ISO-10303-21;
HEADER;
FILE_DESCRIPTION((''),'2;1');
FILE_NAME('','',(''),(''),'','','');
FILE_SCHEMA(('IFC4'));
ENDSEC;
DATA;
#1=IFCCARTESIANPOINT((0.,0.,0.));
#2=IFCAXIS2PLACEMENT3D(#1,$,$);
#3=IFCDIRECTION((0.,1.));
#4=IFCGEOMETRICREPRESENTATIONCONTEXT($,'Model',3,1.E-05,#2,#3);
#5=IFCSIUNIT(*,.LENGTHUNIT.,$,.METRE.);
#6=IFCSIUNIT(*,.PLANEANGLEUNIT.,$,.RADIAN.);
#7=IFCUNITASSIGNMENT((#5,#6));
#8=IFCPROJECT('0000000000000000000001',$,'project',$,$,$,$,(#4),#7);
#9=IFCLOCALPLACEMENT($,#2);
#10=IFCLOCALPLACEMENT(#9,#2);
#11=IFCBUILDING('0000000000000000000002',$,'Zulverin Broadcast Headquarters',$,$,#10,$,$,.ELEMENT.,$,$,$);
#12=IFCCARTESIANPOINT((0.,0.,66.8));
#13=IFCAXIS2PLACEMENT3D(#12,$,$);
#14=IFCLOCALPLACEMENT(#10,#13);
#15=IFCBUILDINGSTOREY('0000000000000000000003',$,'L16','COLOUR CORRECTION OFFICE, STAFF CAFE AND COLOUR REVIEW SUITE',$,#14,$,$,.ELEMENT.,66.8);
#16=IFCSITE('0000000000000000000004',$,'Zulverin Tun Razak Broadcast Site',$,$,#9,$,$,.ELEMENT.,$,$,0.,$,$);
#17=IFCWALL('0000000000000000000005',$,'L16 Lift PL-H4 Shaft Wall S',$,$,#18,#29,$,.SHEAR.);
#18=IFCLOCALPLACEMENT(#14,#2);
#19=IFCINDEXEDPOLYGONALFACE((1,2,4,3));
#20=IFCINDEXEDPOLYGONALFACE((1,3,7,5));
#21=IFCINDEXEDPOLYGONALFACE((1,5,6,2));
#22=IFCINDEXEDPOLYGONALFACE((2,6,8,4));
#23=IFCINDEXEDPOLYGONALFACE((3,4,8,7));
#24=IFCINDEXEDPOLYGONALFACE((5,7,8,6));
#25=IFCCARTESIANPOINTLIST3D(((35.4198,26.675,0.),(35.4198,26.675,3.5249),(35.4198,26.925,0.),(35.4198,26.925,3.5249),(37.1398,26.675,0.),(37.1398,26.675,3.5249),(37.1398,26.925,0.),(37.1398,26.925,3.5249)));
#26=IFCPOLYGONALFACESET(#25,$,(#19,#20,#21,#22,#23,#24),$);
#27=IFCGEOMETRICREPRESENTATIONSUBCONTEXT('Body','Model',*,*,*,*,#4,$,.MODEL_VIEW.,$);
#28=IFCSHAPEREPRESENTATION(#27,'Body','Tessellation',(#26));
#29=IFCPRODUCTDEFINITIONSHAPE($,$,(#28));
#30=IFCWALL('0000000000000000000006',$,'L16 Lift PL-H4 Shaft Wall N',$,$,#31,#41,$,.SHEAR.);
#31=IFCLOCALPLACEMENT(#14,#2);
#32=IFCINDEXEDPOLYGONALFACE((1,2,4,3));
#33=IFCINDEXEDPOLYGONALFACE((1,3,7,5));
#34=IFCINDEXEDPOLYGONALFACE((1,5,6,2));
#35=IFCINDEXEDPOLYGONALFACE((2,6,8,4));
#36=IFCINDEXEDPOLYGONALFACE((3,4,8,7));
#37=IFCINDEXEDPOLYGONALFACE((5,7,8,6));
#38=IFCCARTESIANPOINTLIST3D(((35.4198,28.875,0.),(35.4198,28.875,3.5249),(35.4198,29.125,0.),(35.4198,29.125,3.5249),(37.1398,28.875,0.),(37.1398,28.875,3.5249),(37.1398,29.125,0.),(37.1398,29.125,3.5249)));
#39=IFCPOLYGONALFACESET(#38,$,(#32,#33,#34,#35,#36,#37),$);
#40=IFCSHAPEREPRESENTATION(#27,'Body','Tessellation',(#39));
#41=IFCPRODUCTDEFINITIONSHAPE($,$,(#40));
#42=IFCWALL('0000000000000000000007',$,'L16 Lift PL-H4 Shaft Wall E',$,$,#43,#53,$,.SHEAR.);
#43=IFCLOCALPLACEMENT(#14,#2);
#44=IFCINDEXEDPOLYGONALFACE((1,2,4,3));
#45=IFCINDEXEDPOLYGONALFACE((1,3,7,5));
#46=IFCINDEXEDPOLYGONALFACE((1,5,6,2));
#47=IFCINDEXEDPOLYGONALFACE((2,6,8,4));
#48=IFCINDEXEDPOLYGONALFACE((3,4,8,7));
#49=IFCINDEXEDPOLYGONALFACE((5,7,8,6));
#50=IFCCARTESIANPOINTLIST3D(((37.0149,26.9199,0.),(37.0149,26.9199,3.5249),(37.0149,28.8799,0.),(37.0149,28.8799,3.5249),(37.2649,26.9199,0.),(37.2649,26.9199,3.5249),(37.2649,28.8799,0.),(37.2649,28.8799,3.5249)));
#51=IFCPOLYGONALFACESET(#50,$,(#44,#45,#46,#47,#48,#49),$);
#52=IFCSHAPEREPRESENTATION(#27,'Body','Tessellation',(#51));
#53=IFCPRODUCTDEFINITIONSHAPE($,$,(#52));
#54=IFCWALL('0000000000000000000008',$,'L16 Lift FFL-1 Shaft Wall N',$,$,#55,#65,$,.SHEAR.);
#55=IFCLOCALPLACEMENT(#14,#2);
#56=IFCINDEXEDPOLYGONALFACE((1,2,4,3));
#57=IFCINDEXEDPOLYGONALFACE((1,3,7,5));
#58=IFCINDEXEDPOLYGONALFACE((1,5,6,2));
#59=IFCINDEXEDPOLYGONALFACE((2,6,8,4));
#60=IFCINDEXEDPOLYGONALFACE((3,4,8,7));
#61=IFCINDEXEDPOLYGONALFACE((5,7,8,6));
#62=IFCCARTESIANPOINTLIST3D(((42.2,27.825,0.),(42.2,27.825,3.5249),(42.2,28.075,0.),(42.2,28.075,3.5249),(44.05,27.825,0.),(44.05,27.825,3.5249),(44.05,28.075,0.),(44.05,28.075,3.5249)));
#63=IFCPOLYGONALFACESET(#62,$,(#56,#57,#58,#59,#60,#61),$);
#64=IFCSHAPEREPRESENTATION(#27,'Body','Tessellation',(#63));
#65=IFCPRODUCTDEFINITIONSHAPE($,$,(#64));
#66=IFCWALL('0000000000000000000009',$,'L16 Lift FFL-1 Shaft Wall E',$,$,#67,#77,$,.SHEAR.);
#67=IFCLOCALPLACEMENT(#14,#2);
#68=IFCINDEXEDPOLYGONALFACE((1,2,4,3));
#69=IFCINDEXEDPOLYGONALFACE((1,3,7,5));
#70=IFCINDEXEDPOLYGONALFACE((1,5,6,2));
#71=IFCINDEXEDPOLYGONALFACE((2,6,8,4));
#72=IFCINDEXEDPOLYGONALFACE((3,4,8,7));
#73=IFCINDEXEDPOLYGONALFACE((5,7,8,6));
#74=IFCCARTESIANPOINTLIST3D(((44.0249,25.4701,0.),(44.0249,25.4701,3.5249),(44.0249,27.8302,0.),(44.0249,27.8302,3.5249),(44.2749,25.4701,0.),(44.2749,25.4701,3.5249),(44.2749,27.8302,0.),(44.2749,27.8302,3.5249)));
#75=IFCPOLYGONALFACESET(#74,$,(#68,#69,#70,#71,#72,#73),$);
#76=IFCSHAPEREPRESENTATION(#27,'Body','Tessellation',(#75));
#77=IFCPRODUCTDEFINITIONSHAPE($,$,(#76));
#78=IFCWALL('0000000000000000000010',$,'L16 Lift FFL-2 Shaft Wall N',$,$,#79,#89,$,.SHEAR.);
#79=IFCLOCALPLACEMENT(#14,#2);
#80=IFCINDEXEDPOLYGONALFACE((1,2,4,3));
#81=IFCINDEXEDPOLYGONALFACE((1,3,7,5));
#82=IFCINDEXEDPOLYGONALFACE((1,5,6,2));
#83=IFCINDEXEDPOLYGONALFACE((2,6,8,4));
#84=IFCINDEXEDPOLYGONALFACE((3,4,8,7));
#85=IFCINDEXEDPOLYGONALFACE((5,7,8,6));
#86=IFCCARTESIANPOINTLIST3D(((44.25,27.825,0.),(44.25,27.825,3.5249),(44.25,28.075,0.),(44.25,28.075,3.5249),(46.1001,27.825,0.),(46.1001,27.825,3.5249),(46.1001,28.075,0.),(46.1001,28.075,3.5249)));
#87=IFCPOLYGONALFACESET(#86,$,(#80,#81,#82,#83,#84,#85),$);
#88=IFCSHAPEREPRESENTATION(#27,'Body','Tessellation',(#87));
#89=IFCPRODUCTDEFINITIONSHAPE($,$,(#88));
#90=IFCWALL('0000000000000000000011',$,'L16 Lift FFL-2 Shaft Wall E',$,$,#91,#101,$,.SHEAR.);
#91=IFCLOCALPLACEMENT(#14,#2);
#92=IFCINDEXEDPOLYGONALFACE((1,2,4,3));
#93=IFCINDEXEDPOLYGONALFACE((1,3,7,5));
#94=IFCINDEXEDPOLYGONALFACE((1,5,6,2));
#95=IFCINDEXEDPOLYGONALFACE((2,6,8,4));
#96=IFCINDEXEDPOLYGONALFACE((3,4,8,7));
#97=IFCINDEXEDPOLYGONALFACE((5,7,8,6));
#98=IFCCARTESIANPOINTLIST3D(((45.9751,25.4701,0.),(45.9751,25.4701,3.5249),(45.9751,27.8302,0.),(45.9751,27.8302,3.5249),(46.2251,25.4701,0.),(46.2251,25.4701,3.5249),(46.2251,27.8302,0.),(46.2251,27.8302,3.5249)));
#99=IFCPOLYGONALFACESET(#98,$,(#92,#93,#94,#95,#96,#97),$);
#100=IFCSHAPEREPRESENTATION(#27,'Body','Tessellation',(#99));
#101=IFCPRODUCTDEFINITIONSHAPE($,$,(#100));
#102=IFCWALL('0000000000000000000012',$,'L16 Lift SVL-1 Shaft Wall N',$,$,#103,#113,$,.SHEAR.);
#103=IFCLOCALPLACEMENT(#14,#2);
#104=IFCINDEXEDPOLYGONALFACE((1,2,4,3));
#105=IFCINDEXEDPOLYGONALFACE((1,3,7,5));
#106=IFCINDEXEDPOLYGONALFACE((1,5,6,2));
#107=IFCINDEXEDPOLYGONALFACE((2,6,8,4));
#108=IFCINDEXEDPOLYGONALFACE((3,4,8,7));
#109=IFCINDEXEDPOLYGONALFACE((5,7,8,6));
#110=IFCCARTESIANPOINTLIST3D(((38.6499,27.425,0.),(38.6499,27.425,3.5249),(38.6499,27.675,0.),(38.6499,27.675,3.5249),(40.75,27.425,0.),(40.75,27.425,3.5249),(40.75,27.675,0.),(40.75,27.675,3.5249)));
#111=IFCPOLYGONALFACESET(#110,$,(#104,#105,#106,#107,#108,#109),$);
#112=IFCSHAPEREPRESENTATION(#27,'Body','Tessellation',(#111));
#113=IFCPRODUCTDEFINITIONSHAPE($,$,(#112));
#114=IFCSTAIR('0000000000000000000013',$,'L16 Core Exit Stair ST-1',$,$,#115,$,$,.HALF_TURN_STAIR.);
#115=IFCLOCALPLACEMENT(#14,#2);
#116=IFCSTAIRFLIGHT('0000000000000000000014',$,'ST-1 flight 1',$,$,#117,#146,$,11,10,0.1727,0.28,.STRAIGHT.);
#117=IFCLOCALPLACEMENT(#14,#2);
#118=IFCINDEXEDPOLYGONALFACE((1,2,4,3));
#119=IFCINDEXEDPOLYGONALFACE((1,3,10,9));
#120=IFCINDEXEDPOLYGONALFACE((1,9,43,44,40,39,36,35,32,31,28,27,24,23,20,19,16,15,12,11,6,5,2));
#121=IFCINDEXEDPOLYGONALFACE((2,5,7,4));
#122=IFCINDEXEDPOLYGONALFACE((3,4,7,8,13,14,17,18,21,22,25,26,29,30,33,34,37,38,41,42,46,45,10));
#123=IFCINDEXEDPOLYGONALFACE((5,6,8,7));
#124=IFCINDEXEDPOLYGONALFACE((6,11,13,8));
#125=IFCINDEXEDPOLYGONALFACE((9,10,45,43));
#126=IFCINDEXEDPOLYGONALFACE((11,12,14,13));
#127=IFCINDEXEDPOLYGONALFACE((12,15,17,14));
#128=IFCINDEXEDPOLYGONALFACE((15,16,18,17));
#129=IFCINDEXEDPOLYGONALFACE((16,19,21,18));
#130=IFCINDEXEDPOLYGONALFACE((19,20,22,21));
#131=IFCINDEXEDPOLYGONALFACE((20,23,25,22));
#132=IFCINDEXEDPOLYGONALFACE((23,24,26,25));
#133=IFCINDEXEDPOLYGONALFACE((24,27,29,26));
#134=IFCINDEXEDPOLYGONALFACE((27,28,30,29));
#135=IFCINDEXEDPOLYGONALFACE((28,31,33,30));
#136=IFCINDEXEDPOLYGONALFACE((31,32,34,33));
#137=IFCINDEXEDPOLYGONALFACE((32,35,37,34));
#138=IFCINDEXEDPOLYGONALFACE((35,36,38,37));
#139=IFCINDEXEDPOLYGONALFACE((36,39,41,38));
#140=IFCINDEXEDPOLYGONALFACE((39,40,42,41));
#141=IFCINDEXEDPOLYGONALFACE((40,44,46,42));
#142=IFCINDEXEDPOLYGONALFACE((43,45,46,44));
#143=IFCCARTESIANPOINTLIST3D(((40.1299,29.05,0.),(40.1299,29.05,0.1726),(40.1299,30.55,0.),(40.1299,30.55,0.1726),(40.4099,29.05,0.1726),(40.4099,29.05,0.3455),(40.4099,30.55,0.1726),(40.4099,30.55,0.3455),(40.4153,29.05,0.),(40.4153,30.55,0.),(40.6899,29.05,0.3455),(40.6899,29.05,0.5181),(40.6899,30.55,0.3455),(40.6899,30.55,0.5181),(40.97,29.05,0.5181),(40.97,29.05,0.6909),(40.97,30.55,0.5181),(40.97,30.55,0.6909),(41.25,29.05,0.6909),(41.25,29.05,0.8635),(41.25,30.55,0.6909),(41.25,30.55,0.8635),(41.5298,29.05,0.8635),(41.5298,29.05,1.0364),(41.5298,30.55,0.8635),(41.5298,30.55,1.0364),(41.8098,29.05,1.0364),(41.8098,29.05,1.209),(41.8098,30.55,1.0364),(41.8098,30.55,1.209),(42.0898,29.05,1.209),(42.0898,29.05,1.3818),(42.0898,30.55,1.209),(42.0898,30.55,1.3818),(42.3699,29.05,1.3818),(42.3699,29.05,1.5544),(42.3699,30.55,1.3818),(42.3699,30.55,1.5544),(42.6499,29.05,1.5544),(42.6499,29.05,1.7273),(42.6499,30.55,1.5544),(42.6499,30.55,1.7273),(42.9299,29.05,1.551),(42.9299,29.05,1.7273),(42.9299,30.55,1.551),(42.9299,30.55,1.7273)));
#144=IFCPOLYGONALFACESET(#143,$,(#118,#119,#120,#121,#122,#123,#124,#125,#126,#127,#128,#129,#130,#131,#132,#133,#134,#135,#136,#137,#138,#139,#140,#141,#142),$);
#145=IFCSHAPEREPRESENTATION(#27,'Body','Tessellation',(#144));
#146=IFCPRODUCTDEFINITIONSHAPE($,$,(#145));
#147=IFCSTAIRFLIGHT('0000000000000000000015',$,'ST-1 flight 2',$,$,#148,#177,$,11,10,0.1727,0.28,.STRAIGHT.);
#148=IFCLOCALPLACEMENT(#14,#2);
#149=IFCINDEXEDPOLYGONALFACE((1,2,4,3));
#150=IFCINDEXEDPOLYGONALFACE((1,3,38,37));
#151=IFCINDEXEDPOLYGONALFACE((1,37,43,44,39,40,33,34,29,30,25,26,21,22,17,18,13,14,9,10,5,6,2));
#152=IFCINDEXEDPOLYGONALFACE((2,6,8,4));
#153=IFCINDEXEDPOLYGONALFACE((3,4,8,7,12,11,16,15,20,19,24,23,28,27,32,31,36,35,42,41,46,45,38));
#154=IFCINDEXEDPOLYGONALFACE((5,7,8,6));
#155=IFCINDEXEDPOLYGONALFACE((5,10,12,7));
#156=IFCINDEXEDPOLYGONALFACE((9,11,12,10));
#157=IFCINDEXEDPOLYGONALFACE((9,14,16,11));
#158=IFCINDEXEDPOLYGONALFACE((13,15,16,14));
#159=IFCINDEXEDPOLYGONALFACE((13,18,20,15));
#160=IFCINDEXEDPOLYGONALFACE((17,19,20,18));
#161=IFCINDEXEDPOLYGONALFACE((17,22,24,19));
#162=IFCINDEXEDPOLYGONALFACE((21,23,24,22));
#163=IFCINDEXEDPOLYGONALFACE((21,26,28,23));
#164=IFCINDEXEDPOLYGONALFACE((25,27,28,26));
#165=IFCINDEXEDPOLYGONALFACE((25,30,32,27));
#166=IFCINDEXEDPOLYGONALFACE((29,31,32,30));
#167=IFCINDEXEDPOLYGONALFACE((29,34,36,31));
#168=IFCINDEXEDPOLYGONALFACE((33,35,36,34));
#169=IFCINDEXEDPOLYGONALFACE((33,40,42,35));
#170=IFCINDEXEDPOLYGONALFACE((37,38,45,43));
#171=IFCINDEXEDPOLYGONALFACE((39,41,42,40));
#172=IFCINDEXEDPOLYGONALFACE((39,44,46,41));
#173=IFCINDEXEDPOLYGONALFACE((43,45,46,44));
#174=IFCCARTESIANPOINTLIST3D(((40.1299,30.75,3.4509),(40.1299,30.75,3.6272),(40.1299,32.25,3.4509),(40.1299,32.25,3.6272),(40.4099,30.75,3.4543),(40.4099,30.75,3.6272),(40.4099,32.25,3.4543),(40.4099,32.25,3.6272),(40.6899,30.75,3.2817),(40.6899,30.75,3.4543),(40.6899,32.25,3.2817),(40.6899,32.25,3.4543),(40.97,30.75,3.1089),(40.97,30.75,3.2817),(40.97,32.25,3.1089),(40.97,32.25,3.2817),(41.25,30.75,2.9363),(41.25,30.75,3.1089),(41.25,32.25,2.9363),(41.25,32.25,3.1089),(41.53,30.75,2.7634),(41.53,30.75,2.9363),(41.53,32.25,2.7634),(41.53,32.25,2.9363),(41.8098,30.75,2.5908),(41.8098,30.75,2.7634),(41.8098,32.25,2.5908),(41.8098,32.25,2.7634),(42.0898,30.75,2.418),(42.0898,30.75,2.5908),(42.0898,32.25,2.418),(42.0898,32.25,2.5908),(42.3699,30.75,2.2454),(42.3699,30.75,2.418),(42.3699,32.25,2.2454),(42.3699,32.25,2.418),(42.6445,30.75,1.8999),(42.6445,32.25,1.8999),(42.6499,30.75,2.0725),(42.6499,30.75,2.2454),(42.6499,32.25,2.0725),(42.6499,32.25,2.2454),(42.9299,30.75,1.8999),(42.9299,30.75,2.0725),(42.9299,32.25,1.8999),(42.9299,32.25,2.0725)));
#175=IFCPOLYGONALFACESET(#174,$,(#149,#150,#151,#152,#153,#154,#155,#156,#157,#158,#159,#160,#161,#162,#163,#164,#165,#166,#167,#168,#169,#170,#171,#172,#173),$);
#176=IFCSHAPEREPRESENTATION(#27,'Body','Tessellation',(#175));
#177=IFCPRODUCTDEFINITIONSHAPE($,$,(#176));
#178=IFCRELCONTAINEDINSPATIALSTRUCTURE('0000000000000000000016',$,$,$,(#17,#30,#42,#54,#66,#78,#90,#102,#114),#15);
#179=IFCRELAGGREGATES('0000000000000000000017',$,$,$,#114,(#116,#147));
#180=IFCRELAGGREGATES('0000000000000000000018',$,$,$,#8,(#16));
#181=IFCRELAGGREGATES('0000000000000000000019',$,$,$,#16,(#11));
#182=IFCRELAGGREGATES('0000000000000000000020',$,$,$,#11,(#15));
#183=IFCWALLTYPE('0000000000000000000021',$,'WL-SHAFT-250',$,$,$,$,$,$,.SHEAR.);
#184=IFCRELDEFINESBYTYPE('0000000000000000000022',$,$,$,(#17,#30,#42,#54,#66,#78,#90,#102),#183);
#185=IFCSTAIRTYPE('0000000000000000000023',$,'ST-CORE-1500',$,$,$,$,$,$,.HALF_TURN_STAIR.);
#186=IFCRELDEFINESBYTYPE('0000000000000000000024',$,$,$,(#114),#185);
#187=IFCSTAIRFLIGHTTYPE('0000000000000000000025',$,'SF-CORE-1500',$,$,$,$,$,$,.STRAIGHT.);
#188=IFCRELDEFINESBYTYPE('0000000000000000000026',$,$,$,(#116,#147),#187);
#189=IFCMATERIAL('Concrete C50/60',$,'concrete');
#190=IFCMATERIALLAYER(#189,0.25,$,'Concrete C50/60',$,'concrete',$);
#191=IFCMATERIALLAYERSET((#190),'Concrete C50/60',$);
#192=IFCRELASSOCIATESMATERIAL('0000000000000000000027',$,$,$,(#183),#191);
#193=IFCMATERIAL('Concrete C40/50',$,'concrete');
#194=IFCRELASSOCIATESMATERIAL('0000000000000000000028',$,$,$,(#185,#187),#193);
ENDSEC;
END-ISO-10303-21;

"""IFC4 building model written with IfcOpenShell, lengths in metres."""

from ifc_helpers import new_model, si_unit, direction, frame, frame_2d, origin, place, context, subcontext, project, spatial, polyline, rectangle, outline, extrude, material, layer, layer_set, type_object, element, aggregate, save


model = new_model("IFC4")

# Units and contexts
model_context = context("Model", 3, precision=1e-05, world=origin(), true_north=direction((0.0, 1.0)))
body_context = subcontext(model_context, "Body", "Model", "MODEL_VIEW")
ifc_project = project(units=[si_unit("LENGTHUNIT", "METRE"), si_unit("PLANEANGLEUNIT", "RADIAN")], contexts=[model_context])

# Site, building, storey
site_placement = place(None, origin())
site = spatial("IfcSite", under=ifc_project, at=site_placement, Name="Zulverin Tun Razak Broadcast Site", CompositionType="ELEMENT", RefElevation=0.0)
building_placement = place(site_placement, origin())
building = spatial("IfcBuilding", under=site, at=building_placement, Name="Zulverin Broadcast Headquarters", CompositionType="ELEMENT")
storey_placement = place(building_placement, frame((0.0, 0.0, 66.8)))
storey = spatial("IfcBuildingStorey", under=building, at=storey_placement, Name="L16", Description="COLOUR CORRECTION OFFICE, STAFF CAFE AND COLOUR REVIEW SUITE", CompositionType="ELEMENT", Elevation=66.8)

# Shared definitions
ifc_material_1 = material(Name="Concrete C40/50", Category="concrete")

# Shared definitions
ifc_material_2 = material(Name="Concrete C50/60", Category="concrete")
ifc_layer_1 = layer(ifc_material_2, 0.25, Name="Concrete C50/60", Category="concrete")
ifc_layer_set_1 = layer_set([ifc_layer_1], Name="Concrete C50/60")
wall_type_1 = type_object("IfcWallType", Name="WL-SHAFT-250", PredefinedType="SHEAR", material=ifc_layer_set_1)

# Walls
for number, where, z_axis, x_axis, name in (
    (1, (35.4199, 26.8, 0.0), (0.0, 0.0, 1.0), (1.0, 0.0, 0.0), "L16 Lift PL-H4 Shaft Wall S"),
    (2, (35.4199, 29.0, 0.0), (0.0, 0.0, 1.0), (1.0, 0.0, 0.0), "L16 Lift PL-H4 Shaft Wall N"),
):
    element("IfcWall", number, at=place(storey_placement, frame(where, z_axis=z_axis, x_axis=x_axis)), inside=storey, type_object=wall_type_1, Name=name, PredefinedType="SHEAR", context=body_context, shape_type="SweptSolid", body=[
        extrude(rectangle(XDim=1.72, YDim=0.25, at=frame_2d((0.8599, 0.0))), origin(), (0.0, 0.0, 1.0), 3.5249),
    ])
wall_1_placement = place(storey_placement, frame((37.1399, 26.9199, 0.0), z_axis=(0.0, 0.0, 1.0), x_axis=(0.0, 1.0, 0.0)))
element("IfcWall", 3, at=wall_1_placement, inside=storey, type_object=wall_type_1, Name="L16 Lift PL-H4 Shaft Wall E", PredefinedType="SHEAR", context=body_context, shape_type="SweptSolid", body=[
    extrude(rectangle(XDim=1.96, YDim=0.25, at=frame_2d((0.98, 0.0))), origin(), (0.0, 0.0, 1.0), 3.5249),
])
wall_2_placement = place(storey_placement, frame((42.2, 27.95, 0.0), z_axis=(0.0, 0.0, 1.0), x_axis=(1.0, 0.0, 0.0)))
element("IfcWall", 4, at=wall_2_placement, inside=storey, type_object=wall_type_1, Name="L16 Lift FFL-1 Shaft Wall N", PredefinedType="SHEAR", context=body_context, shape_type="SweptSolid", body=[
    extrude(rectangle(XDim=1.8501, YDim=0.25, at=frame_2d((0.925, 0.0))), origin(), (0.0, 0.0, 1.0), 3.5249),
])
wall_3_placement = place(storey_placement, frame((44.1499, 25.47, 0.0), z_axis=(0.0, 0.0, 1.0), x_axis=(0.0, 1.0, 0.0)))
element("IfcWall", 5, at=wall_3_placement, inside=storey, type_object=wall_type_1, Name="L16 Lift FFL-1 Shaft Wall E", PredefinedType="SHEAR", context=body_context, shape_type="SweptSolid", body=[
    extrude(rectangle(XDim=2.3601, YDim=0.25, at=frame_2d((1.1802, 0.0))), origin(), (0.0, 0.0, 1.0), 3.5249),
])
wall_4_placement = place(storey_placement, frame((44.25, 27.95, 0.0), z_axis=(0.0, 0.0, 1.0), x_axis=(1.0, 0.0, 0.0)))
element("IfcWall", 6, at=wall_4_placement, inside=storey, type_object=wall_type_1, Name="L16 Lift FFL-2 Shaft Wall N", PredefinedType="SHEAR", context=body_context, shape_type="SweptSolid", body=[
    extrude(rectangle(XDim=1.8501, YDim=0.25, at=frame_2d((0.925, 0.0))), origin(), (0.0, 0.0, 1.0), 3.5249),
])
wall_5_placement = place(storey_placement, frame((46.1001, 25.47, 0.0), z_axis=(0.0, 0.0, 1.0), x_axis=(0.0, 1.0, 0.0)))
element("IfcWall", 7, at=wall_5_placement, inside=storey, type_object=wall_type_1, Name="L16 Lift FFL-2 Shaft Wall E", PredefinedType="SHEAR", context=body_context, shape_type="SweptSolid", body=[
    extrude(rectangle(XDim=2.3601, YDim=0.25, at=frame_2d((1.1802, 0.0))), origin(), (0.0, 0.0, 1.0), 3.5249),
])
wall_6_placement = place(storey_placement, frame((38.6499, 27.55, 0.0), z_axis=(0.0, 0.0, 1.0), x_axis=(1.0, 0.0, 0.0)))
element("IfcWall", 8, at=wall_6_placement, inside=storey, type_object=wall_type_1, Name="L16 Lift SVL-1 Shaft Wall N", PredefinedType="SHEAR", context=body_context, shape_type="SweptSolid", body=[
    extrude(rectangle(XDim=2.1001, YDim=0.25, at=frame_2d((1.05, 0.0))), origin(), (0.0, 0.0, 1.0), 3.5249),
])

# Stair, stair flights
stair_type = type_object("IfcStairType", Name="ST-CORE-1500", PredefinedType="HALF_TURN_STAIR", material=ifc_material_1)
stair_placement = place(storey_placement, origin())
stair = element("IfcStair", 9, at=stair_placement, inside=storey, type_object=stair_type, Name="L16 Core Exit Stair ST-1", PredefinedType="HALF_TURN_STAIR")
stair_flight_type = type_object("IfcStairFlightType", Name="SF-CORE-1500", PredefinedType="STRAIGHT", material=ifc_material_1)
stair_flight_1_placement = place(storey_placement, frame((40.1299, 29.8, 0.0), z_axis=(0.0, 0.0, 1.0), x_axis=(1.0, 0.0, 0.0)))
stair_flight_1 = element("IfcStairFlight", 10, at=stair_flight_1_placement, type_object=stair_flight_type, Name="ST-1 flight 1", NumberOfRisers=11, NumberOfTreads=10, PredefinedType="STRAIGHT", RiserHeight=0.1727, TreadLength=0.28, context=body_context, shape_type="SweptSolid", body=[
    extrude(outline(polyline([(0.0, 0.0), (0.0, 0.1726), (0.28, 0.1726), (0.28, 0.3455), (0.5601, 0.3455), (0.5601, 0.5181), (0.8401, 0.5181), (0.8401, 0.6909), (1.1201, 0.6909), (1.1201, 0.8635), (1.3999, 0.8635), (1.3999, 1.0364), (1.6799, 1.0364), (1.6799, 1.209), (1.96, 1.209), (1.96, 1.3818), (2.24, 1.3818), (2.24, 1.5544), (2.52, 1.5544), (2.52, 1.7273), (2.8, 1.7273), (2.8, 1.8999), (2.8, 1.551), (0.2854, 0.0), (0.0, 0.0)])), frame((0.0, 0.75, 0.0), z_axis=(0.0, -1.0, 0.0), x_axis=(1.0, 0.0, 0.0)), (0.0, 0.0, 1.0), 1.5),
])
stair_flight_2_placement = place(storey_placement, frame((42.9299, 31.5, 1.8999), z_axis=(0.0, 0.0, 1.0), x_axis=(-1.0, 0.0, 0.0)))
stair_flight_2 = element("IfcStairFlight", 11, at=stair_flight_2_placement, type_object=stair_flight_type, Name="ST-1 flight 2", NumberOfRisers=11, NumberOfTreads=10, PredefinedType="STRAIGHT", RiserHeight=0.1727, TreadLength=0.28, context=body_context, shape_type="SweptSolid", body=[
    extrude(outline(polyline([(0.0, 0.0), (0.0, 0.1726), (0.28, 0.1726), (0.28, 0.3455), (0.5601, 0.3455), (0.5601, 0.5181), (0.8401, 0.5181), (0.8401, 0.6909), (1.1201, 0.6909), (1.1201, 0.8635), (1.3999, 0.8635), (1.3999, 1.0364), (1.6799, 1.0364), (1.6799, 1.209), (1.96, 1.209), (1.96, 1.3818), (2.24, 1.3818), (2.24, 1.5544), (2.52, 1.5544), (2.52, 1.7273), (2.8, 1.7273), (2.8, 1.8999), (2.8, 1.551), (0.2854, 0.0), (0.0, 0.0)])), frame((0.0, 0.75, 0.0), z_axis=(0.0, -1.0, 0.0), x_axis=(1.0, 0.0, 0.0)), (0.0, 0.0, 1.0), 1.5),
])
aggregate(stair, [stair_flight_1, stair_flight_2])

save(model, "model.ifc")
